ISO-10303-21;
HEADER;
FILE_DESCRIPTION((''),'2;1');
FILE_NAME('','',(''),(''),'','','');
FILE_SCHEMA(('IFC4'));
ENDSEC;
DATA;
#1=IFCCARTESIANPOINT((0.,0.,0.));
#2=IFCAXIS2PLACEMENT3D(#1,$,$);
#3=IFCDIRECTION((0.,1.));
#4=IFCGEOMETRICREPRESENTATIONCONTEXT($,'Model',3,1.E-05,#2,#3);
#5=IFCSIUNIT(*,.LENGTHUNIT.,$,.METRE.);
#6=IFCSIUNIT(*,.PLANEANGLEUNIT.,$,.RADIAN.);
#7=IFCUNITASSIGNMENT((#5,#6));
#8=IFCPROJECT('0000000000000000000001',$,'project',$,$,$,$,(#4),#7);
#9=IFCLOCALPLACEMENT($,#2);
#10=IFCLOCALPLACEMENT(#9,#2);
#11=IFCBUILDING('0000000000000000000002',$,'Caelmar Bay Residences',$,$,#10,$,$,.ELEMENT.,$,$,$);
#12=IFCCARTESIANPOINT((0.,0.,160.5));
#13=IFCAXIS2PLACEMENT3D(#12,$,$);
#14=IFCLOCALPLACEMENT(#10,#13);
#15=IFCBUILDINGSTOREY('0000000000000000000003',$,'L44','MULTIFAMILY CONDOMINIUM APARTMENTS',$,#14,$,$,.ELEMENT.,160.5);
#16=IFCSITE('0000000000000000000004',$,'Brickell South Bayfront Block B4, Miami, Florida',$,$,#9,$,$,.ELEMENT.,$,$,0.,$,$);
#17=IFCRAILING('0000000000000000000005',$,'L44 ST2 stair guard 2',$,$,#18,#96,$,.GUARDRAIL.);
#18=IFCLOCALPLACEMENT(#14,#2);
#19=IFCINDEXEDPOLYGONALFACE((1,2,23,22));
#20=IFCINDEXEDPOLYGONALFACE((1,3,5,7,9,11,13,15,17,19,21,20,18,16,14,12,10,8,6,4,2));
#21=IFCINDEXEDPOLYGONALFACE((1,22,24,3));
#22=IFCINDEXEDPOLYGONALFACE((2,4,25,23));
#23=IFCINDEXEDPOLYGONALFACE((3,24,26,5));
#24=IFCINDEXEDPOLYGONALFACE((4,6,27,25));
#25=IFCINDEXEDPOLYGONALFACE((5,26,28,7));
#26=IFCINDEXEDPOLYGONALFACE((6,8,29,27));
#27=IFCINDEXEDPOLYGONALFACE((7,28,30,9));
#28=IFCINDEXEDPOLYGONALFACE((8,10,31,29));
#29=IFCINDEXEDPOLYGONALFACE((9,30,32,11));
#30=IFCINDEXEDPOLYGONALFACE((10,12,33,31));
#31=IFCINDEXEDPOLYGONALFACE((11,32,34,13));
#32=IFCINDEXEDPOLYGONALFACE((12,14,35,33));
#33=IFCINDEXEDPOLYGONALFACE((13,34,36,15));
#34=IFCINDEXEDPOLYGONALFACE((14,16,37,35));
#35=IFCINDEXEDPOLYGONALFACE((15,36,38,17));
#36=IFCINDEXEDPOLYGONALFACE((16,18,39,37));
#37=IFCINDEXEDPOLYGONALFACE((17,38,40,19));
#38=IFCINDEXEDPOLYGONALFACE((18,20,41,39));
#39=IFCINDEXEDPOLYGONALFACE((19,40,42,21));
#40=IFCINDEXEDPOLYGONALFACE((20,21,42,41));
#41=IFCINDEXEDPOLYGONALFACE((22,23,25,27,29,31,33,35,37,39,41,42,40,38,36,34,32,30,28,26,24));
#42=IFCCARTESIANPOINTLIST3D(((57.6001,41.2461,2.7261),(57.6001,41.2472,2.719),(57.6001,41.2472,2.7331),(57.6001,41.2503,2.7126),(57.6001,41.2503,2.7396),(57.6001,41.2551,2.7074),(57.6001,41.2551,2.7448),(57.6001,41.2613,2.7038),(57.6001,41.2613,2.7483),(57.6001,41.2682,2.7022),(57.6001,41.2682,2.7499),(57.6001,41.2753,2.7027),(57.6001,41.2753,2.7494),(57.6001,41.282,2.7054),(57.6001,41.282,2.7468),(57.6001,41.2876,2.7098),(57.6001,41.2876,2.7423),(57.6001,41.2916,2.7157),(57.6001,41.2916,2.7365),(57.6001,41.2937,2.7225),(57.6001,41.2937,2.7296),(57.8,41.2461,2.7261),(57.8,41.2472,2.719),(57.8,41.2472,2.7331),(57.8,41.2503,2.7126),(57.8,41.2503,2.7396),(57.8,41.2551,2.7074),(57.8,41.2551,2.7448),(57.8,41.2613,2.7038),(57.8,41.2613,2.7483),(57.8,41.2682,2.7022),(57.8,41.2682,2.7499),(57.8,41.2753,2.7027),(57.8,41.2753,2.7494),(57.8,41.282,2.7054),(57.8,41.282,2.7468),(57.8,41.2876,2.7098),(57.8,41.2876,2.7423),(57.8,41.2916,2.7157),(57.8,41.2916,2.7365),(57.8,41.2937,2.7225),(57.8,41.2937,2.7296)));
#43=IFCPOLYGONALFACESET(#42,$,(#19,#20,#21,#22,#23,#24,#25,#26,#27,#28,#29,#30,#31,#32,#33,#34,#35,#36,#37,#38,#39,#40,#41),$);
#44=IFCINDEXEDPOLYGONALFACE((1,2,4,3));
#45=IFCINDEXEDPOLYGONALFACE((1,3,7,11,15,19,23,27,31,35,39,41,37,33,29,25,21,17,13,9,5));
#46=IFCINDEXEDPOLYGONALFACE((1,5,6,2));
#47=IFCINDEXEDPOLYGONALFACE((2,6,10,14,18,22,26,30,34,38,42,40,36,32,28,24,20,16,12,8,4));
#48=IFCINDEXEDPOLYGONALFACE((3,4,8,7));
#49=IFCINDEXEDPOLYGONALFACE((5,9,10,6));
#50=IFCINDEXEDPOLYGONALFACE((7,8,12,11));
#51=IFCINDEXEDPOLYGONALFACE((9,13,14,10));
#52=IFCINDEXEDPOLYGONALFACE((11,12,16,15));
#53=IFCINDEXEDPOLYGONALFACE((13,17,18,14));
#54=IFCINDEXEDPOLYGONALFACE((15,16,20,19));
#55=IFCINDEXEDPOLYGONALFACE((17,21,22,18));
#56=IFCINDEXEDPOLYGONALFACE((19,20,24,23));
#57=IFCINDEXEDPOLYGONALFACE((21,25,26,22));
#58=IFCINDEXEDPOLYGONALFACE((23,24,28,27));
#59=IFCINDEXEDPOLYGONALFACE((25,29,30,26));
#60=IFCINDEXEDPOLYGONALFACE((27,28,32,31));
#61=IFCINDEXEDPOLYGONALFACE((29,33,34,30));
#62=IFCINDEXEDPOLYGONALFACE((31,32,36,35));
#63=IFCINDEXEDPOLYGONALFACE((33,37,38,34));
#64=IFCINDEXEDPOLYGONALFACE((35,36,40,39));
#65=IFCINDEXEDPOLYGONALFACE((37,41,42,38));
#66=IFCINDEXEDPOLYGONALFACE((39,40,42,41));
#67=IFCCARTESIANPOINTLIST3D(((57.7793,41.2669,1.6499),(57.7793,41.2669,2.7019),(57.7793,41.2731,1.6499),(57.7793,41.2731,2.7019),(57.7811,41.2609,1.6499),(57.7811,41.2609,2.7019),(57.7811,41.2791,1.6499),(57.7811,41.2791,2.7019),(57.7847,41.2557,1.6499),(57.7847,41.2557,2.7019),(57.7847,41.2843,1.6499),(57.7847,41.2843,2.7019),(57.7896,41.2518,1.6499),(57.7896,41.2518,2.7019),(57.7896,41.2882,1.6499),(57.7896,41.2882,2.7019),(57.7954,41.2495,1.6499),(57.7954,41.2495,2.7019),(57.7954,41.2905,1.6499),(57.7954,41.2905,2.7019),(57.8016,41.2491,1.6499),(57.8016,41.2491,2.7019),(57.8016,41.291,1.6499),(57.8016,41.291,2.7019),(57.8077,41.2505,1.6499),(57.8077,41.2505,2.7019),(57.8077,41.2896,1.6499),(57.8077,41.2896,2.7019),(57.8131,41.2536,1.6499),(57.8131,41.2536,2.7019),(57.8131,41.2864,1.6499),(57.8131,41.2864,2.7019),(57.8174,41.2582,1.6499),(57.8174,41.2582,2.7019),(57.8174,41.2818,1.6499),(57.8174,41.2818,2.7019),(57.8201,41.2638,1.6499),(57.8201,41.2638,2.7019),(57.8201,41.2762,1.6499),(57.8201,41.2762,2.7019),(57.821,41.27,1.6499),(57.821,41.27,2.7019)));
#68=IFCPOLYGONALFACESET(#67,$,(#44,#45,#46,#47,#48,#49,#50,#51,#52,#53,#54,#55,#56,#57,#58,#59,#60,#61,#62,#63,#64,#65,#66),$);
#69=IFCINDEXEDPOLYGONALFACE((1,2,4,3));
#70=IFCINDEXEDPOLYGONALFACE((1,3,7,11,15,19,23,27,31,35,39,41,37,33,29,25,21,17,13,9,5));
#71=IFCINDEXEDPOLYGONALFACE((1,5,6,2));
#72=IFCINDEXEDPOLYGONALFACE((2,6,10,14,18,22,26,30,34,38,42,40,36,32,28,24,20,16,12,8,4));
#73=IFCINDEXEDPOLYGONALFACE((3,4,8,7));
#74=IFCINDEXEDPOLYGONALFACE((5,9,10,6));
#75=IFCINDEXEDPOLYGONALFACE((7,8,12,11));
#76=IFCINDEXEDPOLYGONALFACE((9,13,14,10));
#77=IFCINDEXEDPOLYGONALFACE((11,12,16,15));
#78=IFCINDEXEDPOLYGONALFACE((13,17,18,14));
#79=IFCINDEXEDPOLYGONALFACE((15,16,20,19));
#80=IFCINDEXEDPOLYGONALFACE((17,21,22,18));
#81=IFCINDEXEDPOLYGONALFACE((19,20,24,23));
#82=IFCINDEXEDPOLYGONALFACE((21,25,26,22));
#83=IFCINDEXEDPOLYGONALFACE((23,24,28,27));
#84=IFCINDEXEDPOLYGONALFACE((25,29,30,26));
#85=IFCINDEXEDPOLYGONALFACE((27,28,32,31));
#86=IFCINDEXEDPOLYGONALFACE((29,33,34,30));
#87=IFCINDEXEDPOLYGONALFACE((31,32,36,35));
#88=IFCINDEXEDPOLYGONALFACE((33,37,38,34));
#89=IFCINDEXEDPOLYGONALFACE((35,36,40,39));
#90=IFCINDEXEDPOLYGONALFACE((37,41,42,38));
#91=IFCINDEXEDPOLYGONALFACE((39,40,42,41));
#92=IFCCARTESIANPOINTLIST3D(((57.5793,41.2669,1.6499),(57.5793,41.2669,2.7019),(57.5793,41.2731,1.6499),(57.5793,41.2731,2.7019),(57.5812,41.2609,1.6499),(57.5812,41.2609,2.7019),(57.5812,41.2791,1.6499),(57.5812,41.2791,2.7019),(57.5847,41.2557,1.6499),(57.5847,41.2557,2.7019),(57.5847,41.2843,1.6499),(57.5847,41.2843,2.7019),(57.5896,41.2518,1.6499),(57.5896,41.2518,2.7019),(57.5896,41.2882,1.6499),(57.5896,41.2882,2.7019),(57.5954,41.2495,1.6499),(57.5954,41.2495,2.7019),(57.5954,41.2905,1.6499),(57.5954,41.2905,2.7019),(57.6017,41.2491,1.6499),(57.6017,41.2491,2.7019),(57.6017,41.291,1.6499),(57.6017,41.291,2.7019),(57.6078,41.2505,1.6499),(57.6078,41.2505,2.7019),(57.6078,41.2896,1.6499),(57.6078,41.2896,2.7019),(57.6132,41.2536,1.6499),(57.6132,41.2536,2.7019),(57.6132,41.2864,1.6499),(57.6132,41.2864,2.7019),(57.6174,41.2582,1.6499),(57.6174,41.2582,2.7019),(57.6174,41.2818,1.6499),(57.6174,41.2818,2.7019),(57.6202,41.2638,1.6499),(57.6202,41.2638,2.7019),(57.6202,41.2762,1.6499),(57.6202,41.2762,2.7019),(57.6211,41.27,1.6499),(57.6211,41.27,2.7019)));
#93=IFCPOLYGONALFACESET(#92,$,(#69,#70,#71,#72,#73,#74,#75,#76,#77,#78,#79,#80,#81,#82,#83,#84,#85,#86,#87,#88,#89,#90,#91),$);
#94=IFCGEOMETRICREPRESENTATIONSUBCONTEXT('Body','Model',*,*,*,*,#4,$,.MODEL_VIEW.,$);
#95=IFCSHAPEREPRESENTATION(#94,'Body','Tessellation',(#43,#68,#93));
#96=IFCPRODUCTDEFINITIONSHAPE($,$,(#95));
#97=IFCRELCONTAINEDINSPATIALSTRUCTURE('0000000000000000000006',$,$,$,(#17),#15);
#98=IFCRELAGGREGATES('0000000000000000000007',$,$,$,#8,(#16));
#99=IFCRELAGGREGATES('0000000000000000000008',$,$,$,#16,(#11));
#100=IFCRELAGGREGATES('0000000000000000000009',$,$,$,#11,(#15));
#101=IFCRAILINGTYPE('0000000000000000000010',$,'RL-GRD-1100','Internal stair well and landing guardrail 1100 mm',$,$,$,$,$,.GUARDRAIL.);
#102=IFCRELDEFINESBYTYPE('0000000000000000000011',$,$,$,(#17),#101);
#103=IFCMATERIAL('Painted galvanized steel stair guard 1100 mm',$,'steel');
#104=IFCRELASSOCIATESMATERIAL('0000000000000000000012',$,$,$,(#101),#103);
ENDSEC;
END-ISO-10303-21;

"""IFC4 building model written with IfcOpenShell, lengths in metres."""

from ifc_helpers import new_model, si_unit, direction, frame, origin, origin_2d, place, context, subcontext, project, spatial, circle, extrude, material, type_object, element, save


model = new_model("IFC4")

# Units and contexts
model_context = context("Model", 3, precision=1e-05, world=origin(), true_north=direction((0.0, 1.0)))
body_context = subcontext(model_context, "Body", "Model", "MODEL_VIEW")
ifc_project = project(units=[si_unit("LENGTHUNIT", "METRE"), si_unit("PLANEANGLEUNIT", "RADIAN")], contexts=[model_context])

# Site, building, storey
site_placement = place(None, origin())
site = spatial("IfcSite", under=ifc_project, at=site_placement, Name="Brickell South Bayfront Block B4, Miami, Florida", CompositionType="ELEMENT", RefElevation=0.0)
building_placement = place(site_placement, origin())
building = spatial("IfcBuilding", under=site, at=building_placement, Name="Caelmar Bay Residences", CompositionType="ELEMENT")
storey_placement = place(building_placement, frame((0.0, 0.0, 160.5)))
storey = spatial("IfcBuildingStorey", under=building, at=storey_placement, Name="L44", Description="MULTIFAMILY CONDOMINIUM APARTMENTS", CompositionType="ELEMENT", Elevation=160.5)

# Railing
ifc_material_1 = material(Name="Painted galvanized steel stair guard 1100 mm", Category="steel")
railing_type_1 = type_object("IfcRailingType", Name="RL-GRD-1100", Description="Internal stair well and landing guardrail 1100 mm", PredefinedType="GUARDRAIL", material=ifc_material_1)
railing_1_placement = place(storey_placement, frame((57.8, 41.27, 1.6499)))
element("IfcRailing", 1, at=railing_1_placement, inside=storey, type_object=railing_type_1, Name="L44 ST2 stair guard 2", PredefinedType="GUARDRAIL", context=body_context, shape_type="SweptSolid", body=[
    extrude(circle(Radius=0.0239, at=origin_2d()), frame((0.0, 0.0, 1.0762), z_axis=(-1.0, 0.0, 0.0), x_axis=(0.0, -1.0, 0.0)), (0.0, 0.0, 1.0), 0.2),
    extrude(circle(Radius=0.021, at=origin_2d()), origin(), (0.0, 0.0, 1.0), 1.052),
    extrude(circle(Radius=0.021, at=origin_2d()), frame((-0.2, 0.0, 0.0)), (0.0, 0.0, 1.0), 1.052),
])

save(model, "model.ifc")
